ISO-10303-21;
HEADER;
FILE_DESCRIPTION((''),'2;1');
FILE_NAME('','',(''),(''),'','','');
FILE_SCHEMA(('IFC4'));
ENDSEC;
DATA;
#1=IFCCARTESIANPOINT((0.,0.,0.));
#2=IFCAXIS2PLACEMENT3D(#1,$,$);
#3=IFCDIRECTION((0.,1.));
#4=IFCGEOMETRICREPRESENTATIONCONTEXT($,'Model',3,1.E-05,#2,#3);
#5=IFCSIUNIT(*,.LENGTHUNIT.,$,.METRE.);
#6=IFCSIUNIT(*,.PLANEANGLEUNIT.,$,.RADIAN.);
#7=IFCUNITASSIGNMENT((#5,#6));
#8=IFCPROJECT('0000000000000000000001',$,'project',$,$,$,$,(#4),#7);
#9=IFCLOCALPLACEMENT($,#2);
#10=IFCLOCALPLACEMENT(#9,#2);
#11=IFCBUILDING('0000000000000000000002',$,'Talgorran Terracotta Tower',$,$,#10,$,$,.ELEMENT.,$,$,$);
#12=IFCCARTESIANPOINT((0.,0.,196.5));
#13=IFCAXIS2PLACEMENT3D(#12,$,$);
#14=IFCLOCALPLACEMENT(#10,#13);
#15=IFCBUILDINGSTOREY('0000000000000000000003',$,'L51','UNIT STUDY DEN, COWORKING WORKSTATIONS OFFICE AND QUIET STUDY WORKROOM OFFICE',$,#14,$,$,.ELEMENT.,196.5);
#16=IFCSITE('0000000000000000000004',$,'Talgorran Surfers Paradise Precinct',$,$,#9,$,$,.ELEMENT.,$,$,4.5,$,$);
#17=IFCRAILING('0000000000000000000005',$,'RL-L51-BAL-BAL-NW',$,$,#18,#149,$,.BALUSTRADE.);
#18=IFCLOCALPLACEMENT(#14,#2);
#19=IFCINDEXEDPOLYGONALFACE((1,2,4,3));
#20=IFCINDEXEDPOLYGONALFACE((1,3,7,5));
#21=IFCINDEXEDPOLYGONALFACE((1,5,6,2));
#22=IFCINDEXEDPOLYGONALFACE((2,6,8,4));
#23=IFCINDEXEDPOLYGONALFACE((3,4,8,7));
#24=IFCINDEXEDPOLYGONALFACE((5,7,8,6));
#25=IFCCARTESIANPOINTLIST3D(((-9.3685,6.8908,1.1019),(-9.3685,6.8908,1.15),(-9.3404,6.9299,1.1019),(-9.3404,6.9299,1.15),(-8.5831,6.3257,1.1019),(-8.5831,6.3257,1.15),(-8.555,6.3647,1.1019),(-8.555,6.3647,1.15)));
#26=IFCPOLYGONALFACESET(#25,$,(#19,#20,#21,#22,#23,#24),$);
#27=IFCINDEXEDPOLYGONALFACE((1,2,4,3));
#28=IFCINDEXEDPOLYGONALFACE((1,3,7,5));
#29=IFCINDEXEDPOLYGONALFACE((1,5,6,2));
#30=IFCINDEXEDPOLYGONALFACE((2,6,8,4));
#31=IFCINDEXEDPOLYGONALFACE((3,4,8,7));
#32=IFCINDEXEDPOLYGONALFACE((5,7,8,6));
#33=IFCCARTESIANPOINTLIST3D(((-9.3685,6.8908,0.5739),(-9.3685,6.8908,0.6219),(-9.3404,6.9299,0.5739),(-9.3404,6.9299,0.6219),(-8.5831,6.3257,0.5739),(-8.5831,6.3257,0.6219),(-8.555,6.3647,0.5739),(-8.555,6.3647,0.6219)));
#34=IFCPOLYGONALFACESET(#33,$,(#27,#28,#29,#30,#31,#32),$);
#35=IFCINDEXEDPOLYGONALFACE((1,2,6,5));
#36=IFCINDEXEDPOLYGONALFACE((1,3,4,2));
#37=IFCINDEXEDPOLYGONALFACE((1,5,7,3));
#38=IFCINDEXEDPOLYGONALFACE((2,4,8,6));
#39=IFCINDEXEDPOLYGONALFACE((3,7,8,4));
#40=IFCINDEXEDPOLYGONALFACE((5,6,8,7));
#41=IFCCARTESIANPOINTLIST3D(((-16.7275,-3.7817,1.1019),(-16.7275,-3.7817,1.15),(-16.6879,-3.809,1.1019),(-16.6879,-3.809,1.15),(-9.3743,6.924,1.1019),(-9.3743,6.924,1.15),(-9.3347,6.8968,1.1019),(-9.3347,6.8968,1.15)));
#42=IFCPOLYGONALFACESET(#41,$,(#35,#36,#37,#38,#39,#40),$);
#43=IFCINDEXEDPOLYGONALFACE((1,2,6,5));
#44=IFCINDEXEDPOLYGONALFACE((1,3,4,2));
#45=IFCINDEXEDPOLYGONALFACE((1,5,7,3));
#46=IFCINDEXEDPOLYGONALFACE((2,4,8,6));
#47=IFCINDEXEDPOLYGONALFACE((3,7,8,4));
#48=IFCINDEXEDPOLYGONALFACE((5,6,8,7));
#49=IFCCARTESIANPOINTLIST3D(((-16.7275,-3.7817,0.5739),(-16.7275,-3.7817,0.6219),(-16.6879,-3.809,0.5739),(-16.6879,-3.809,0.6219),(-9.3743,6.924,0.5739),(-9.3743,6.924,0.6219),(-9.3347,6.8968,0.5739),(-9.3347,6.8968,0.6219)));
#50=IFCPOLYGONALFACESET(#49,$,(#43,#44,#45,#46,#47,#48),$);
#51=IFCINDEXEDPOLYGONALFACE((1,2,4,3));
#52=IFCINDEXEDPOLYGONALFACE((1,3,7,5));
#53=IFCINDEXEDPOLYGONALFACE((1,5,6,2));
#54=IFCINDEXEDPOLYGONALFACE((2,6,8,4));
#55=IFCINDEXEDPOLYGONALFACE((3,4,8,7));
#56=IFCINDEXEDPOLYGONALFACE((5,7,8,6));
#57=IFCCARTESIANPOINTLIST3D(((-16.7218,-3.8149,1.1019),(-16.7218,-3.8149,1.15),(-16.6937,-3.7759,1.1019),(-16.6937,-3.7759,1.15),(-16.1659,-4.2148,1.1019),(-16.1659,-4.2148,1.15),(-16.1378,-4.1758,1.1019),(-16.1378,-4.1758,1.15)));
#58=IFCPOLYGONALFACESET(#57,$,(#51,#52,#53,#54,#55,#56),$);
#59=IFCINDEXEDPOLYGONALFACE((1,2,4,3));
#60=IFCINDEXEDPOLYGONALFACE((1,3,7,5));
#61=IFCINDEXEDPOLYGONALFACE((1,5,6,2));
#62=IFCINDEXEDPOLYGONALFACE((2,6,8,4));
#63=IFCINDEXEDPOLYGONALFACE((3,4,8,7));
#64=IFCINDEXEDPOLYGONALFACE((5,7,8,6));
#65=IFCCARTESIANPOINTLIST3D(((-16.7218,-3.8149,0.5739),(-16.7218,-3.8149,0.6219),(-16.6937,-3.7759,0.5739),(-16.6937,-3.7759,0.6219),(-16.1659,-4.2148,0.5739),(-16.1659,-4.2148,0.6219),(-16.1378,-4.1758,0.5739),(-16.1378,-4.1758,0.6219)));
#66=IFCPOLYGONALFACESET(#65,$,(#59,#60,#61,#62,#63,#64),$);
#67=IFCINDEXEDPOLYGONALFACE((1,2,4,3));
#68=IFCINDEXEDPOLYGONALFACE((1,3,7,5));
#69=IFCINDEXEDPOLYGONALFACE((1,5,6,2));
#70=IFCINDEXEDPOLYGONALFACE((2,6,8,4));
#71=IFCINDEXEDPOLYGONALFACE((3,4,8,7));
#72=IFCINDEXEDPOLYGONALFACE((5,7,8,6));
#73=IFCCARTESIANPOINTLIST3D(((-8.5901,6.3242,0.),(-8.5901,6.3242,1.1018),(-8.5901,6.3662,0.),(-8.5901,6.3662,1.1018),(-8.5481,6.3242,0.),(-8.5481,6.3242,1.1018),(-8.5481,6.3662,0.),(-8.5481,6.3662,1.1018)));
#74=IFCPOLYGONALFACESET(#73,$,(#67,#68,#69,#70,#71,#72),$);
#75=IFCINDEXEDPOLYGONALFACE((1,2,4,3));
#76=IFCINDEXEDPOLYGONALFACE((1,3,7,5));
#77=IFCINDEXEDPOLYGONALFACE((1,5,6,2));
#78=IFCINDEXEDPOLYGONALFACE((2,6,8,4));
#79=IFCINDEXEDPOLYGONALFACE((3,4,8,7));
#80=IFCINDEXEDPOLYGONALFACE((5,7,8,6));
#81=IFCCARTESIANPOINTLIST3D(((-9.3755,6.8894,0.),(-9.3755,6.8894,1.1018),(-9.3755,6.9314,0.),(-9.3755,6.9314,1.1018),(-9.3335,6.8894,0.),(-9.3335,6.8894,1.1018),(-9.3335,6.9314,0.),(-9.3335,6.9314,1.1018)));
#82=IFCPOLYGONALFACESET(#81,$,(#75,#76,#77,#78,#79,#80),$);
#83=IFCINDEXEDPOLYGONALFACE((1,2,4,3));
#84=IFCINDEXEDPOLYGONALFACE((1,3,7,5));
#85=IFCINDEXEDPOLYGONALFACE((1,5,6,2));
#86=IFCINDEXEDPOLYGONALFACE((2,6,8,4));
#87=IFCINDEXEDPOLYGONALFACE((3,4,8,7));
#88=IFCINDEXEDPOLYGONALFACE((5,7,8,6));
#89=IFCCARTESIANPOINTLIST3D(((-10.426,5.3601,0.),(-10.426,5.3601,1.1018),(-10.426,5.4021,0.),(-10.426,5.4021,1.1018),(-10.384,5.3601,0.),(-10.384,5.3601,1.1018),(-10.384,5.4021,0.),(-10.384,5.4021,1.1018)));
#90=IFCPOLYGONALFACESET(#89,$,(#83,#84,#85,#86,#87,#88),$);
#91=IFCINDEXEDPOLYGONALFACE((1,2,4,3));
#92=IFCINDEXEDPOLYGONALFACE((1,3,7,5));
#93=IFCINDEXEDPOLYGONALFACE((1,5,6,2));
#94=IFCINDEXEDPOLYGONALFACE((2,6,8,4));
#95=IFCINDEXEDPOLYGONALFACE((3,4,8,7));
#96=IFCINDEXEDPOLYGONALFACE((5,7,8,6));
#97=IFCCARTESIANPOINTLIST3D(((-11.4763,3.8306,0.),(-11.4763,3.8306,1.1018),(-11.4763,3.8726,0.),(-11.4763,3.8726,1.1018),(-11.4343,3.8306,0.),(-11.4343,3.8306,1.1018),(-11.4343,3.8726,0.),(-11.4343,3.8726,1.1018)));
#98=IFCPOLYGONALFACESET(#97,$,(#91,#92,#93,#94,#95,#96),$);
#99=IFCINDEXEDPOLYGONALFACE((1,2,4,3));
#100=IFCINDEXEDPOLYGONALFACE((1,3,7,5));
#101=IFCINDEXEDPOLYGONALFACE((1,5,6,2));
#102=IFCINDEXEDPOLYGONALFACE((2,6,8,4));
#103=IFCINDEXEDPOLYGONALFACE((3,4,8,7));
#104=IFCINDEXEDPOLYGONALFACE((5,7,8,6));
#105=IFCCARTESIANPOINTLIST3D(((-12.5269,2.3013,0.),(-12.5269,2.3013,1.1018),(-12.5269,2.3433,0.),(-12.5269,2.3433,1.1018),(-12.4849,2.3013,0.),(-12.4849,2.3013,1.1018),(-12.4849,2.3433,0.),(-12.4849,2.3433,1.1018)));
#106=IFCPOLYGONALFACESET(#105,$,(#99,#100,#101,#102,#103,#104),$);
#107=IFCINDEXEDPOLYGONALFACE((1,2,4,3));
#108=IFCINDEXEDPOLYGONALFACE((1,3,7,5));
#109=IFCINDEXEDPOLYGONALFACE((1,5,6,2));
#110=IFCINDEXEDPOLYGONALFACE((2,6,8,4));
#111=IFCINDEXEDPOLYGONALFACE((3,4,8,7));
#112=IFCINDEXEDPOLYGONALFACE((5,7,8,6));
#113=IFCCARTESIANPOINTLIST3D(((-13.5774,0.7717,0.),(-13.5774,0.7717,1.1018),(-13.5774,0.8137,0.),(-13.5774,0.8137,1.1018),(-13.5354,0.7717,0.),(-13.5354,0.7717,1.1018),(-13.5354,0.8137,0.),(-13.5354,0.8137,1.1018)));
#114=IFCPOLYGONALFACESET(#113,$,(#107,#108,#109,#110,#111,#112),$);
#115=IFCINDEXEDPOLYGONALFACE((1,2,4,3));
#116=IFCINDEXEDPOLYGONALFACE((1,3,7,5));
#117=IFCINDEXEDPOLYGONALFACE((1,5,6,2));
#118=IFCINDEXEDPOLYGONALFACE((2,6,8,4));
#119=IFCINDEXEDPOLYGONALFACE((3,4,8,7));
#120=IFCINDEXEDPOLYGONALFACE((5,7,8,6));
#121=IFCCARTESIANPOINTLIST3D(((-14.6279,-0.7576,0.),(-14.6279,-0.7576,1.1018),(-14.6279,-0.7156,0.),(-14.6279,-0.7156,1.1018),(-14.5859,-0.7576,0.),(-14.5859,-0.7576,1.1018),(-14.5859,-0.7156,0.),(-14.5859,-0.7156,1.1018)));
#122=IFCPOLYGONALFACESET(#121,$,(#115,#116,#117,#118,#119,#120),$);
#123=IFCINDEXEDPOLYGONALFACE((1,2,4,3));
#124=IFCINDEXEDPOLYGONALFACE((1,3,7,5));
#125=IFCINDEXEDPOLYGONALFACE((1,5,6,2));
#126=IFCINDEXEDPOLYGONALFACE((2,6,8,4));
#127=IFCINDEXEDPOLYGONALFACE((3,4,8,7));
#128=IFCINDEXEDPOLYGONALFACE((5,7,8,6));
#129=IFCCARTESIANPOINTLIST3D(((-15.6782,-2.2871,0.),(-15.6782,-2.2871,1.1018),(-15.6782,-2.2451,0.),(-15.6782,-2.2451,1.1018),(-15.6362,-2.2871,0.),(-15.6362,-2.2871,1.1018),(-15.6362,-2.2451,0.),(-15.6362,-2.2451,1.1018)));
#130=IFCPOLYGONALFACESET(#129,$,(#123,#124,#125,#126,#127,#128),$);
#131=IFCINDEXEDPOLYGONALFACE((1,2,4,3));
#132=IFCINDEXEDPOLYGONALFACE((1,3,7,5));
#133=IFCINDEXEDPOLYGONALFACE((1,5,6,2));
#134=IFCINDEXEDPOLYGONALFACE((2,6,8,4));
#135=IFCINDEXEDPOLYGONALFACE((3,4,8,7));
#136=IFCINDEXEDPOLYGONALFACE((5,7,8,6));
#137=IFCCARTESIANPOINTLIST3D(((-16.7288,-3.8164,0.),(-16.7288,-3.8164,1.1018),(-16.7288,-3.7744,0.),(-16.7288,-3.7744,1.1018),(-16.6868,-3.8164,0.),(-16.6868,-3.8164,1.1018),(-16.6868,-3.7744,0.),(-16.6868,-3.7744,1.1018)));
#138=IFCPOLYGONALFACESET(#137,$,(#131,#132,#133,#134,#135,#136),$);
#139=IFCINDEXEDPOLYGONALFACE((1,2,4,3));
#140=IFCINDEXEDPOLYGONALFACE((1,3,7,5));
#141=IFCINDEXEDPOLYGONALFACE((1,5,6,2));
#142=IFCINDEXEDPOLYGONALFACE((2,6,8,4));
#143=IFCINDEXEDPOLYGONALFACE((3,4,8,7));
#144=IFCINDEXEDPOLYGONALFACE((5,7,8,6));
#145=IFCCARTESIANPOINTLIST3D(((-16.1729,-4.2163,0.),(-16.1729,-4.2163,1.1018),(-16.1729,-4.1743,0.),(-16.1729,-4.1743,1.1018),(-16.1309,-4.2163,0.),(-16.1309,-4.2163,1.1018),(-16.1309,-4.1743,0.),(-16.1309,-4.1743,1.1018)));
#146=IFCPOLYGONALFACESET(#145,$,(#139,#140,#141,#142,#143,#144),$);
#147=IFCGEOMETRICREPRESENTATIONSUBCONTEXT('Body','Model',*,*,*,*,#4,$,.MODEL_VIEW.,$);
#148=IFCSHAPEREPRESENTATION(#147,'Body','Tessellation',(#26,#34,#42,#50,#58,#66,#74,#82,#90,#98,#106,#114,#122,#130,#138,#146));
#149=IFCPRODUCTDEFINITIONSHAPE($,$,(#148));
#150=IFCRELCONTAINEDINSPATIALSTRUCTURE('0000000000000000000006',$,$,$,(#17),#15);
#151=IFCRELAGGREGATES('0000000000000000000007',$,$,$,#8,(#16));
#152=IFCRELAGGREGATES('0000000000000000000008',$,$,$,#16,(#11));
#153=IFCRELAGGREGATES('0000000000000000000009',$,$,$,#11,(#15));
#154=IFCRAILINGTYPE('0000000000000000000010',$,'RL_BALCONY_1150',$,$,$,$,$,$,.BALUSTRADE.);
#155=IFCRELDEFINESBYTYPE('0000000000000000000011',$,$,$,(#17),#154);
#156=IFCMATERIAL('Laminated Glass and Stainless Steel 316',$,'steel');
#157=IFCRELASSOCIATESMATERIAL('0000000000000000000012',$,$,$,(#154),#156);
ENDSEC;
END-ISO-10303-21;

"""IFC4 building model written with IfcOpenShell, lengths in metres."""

from ifc_helpers import new_model, si_unit, direction, frame, origin, origin_2d, place, context, subcontext, project, spatial, rectangle, extrude, material, type_object, element, save


model = new_model("IFC4")

# Units and contexts
model_context = context("Model", 3, precision=1e-05, world=origin(), true_north=direction((0.0, 1.0)))
body_context = subcontext(model_context, "Body", "Model", "MODEL_VIEW")
ifc_project = project(units=[si_unit("LENGTHUNIT", "METRE"), si_unit("PLANEANGLEUNIT", "RADIAN")], contexts=[model_context])

# Site, building, storey
site_placement = place(None, origin())
site = spatial("IfcSite", under=ifc_project, at=site_placement, Name="Talgorran Surfers Paradise Precinct", CompositionType="ELEMENT", RefElevation=4.5)
building_placement = place(site_placement, origin())
building = spatial("IfcBuilding", under=site, at=building_placement, Name="Talgorran Terracotta Tower", CompositionType="ELEMENT")
storey_placement = place(building_placement, frame((0.0, 0.0, 196.5)))
storey = spatial("IfcBuildingStorey", under=building, at=storey_placement, Name="L51", Description="UNIT STUDY DEN, COWORKING WORKSTATIONS OFFICE AND QUIET STUDY WORKROOM OFFICE", CompositionType="ELEMENT", Elevation=196.5)

# Railing
ifc_material_1 = material(Name="Laminated Glass and Stainless Steel 316", Category="steel")
railing_type = type_object("IfcRailingType", Name="RL_BALCONY_1150", PredefinedType="BALUSTRADE", material=ifc_material_1)
railing_placement = place(storey_placement, frame((-8.5691, 6.3452, 0.0)))
element("IfcRailing", 1, at=railing_placement, inside=storey, type_object=railing_type, Name="RL-L51-BAL-BAL-NW", PredefinedType="BALUSTRADE", context=body_context, shape_type="SweptSolid", body=[
    extrude(rectangle(XDim=0.0481, YDim=0.0481, at=origin_2d()), frame((0.0, 0.0, 1.126), z_axis=(-0.811683, 0.584099, 0.0), x_axis=(-0.584099, -0.811683, 0.0)), (0.0, 0.0, 1.0), 0.9675),
    extrude(rectangle(XDim=0.0481, YDim=0.0481, at=origin_2d()), frame((0.0, 0.0, 0.5979), z_axis=(-0.811683, 0.584099, 0.0), x_axis=(-0.584099, -0.811683, 0.0)), (0.0, 0.0, 1.0), 0.9675),
    extrude(rectangle(XDim=0.0481, YDim=0.0481, at=origin_2d()), frame((-0.7854, 0.5652, 1.126), z_axis=(-0.566164, -0.824292, 0.0), x_axis=(0.824292, -0.566164, 0.0)), (0.0, 0.0, 1.0), 12.9878),
    extrude(rectangle(XDim=0.0481, YDim=0.0481, at=origin_2d()), frame((-0.7854, 0.5652, 0.5979), z_axis=(-0.566164, -0.824292, 0.0), x_axis=(0.824292, -0.566164, 0.0)), (0.0, 0.0, 1.0), 12.9878),
    extrude(rectangle(XDim=0.0481, YDim=0.0481, at=origin_2d()), frame((-8.1387, -10.1406, 1.126), z_axis=(0.811778, -0.583967, 0.0), x_axis=(0.583967, 0.811778, 0.0)), (0.0, 0.0, 1.0), 0.6848),
    extrude(rectangle(XDim=0.0481, YDim=0.0481, at=origin_2d()), frame((-8.1387, -10.1406, 0.5979), z_axis=(0.811778, -0.583967, 0.0), x_axis=(0.583967, 0.811778, 0.0)), (0.0, 0.0, 1.0), 0.6848),
    extrude(rectangle(XDim=0.042, YDim=0.042, at=origin_2d()), origin(), (0.0, 0.0, 1.0), 1.1018),
    extrude(rectangle(XDim=0.042, YDim=0.042, at=origin_2d()), frame((-0.7854, 0.5652, 0.0)), (0.0, 0.0, 1.0), 1.1018),
    extrude(rectangle(XDim=0.042, YDim=0.042, at=origin_2d()), frame((-1.8359, -0.9641, 0.0)), (0.0, 0.0, 1.0), 1.1018),
    extrude(rectangle(XDim=0.042, YDim=0.042, at=origin_2d()), frame((-2.8862, -2.4937, 0.0)), (0.0, 0.0, 1.0), 1.1018),
    extrude(rectangle(XDim=0.042, YDim=0.042, at=origin_2d()), frame((-3.9368, -4.0229, 0.0)), (0.0, 0.0, 1.0), 1.1018),
    extrude(rectangle(XDim=0.042, YDim=0.042, at=origin_2d()), frame((-4.9873, -5.5525, 0.0)), (0.0, 0.0, 1.0), 1.1018),
    extrude(rectangle(XDim=0.042, YDim=0.042, at=origin_2d()), frame((-6.0378, -7.0818, 0.0)), (0.0, 0.0, 1.0), 1.1018),
    extrude(rectangle(XDim=0.042, YDim=0.042, at=origin_2d()), frame((-7.0881, -8.6113, 0.0)), (0.0, 0.0, 1.0), 1.1018),
    extrude(rectangle(XDim=0.042, YDim=0.042, at=origin_2d()), frame((-8.1387, -10.1406, 0.0)), (0.0, 0.0, 1.0), 1.1018),
    extrude(rectangle(XDim=0.042, YDim=0.042, at=origin_2d()), frame((-7.5828, -10.5405, 0.0)), (0.0, 0.0, 1.0), 1.1018),
])

save(model, "model.ifc")
